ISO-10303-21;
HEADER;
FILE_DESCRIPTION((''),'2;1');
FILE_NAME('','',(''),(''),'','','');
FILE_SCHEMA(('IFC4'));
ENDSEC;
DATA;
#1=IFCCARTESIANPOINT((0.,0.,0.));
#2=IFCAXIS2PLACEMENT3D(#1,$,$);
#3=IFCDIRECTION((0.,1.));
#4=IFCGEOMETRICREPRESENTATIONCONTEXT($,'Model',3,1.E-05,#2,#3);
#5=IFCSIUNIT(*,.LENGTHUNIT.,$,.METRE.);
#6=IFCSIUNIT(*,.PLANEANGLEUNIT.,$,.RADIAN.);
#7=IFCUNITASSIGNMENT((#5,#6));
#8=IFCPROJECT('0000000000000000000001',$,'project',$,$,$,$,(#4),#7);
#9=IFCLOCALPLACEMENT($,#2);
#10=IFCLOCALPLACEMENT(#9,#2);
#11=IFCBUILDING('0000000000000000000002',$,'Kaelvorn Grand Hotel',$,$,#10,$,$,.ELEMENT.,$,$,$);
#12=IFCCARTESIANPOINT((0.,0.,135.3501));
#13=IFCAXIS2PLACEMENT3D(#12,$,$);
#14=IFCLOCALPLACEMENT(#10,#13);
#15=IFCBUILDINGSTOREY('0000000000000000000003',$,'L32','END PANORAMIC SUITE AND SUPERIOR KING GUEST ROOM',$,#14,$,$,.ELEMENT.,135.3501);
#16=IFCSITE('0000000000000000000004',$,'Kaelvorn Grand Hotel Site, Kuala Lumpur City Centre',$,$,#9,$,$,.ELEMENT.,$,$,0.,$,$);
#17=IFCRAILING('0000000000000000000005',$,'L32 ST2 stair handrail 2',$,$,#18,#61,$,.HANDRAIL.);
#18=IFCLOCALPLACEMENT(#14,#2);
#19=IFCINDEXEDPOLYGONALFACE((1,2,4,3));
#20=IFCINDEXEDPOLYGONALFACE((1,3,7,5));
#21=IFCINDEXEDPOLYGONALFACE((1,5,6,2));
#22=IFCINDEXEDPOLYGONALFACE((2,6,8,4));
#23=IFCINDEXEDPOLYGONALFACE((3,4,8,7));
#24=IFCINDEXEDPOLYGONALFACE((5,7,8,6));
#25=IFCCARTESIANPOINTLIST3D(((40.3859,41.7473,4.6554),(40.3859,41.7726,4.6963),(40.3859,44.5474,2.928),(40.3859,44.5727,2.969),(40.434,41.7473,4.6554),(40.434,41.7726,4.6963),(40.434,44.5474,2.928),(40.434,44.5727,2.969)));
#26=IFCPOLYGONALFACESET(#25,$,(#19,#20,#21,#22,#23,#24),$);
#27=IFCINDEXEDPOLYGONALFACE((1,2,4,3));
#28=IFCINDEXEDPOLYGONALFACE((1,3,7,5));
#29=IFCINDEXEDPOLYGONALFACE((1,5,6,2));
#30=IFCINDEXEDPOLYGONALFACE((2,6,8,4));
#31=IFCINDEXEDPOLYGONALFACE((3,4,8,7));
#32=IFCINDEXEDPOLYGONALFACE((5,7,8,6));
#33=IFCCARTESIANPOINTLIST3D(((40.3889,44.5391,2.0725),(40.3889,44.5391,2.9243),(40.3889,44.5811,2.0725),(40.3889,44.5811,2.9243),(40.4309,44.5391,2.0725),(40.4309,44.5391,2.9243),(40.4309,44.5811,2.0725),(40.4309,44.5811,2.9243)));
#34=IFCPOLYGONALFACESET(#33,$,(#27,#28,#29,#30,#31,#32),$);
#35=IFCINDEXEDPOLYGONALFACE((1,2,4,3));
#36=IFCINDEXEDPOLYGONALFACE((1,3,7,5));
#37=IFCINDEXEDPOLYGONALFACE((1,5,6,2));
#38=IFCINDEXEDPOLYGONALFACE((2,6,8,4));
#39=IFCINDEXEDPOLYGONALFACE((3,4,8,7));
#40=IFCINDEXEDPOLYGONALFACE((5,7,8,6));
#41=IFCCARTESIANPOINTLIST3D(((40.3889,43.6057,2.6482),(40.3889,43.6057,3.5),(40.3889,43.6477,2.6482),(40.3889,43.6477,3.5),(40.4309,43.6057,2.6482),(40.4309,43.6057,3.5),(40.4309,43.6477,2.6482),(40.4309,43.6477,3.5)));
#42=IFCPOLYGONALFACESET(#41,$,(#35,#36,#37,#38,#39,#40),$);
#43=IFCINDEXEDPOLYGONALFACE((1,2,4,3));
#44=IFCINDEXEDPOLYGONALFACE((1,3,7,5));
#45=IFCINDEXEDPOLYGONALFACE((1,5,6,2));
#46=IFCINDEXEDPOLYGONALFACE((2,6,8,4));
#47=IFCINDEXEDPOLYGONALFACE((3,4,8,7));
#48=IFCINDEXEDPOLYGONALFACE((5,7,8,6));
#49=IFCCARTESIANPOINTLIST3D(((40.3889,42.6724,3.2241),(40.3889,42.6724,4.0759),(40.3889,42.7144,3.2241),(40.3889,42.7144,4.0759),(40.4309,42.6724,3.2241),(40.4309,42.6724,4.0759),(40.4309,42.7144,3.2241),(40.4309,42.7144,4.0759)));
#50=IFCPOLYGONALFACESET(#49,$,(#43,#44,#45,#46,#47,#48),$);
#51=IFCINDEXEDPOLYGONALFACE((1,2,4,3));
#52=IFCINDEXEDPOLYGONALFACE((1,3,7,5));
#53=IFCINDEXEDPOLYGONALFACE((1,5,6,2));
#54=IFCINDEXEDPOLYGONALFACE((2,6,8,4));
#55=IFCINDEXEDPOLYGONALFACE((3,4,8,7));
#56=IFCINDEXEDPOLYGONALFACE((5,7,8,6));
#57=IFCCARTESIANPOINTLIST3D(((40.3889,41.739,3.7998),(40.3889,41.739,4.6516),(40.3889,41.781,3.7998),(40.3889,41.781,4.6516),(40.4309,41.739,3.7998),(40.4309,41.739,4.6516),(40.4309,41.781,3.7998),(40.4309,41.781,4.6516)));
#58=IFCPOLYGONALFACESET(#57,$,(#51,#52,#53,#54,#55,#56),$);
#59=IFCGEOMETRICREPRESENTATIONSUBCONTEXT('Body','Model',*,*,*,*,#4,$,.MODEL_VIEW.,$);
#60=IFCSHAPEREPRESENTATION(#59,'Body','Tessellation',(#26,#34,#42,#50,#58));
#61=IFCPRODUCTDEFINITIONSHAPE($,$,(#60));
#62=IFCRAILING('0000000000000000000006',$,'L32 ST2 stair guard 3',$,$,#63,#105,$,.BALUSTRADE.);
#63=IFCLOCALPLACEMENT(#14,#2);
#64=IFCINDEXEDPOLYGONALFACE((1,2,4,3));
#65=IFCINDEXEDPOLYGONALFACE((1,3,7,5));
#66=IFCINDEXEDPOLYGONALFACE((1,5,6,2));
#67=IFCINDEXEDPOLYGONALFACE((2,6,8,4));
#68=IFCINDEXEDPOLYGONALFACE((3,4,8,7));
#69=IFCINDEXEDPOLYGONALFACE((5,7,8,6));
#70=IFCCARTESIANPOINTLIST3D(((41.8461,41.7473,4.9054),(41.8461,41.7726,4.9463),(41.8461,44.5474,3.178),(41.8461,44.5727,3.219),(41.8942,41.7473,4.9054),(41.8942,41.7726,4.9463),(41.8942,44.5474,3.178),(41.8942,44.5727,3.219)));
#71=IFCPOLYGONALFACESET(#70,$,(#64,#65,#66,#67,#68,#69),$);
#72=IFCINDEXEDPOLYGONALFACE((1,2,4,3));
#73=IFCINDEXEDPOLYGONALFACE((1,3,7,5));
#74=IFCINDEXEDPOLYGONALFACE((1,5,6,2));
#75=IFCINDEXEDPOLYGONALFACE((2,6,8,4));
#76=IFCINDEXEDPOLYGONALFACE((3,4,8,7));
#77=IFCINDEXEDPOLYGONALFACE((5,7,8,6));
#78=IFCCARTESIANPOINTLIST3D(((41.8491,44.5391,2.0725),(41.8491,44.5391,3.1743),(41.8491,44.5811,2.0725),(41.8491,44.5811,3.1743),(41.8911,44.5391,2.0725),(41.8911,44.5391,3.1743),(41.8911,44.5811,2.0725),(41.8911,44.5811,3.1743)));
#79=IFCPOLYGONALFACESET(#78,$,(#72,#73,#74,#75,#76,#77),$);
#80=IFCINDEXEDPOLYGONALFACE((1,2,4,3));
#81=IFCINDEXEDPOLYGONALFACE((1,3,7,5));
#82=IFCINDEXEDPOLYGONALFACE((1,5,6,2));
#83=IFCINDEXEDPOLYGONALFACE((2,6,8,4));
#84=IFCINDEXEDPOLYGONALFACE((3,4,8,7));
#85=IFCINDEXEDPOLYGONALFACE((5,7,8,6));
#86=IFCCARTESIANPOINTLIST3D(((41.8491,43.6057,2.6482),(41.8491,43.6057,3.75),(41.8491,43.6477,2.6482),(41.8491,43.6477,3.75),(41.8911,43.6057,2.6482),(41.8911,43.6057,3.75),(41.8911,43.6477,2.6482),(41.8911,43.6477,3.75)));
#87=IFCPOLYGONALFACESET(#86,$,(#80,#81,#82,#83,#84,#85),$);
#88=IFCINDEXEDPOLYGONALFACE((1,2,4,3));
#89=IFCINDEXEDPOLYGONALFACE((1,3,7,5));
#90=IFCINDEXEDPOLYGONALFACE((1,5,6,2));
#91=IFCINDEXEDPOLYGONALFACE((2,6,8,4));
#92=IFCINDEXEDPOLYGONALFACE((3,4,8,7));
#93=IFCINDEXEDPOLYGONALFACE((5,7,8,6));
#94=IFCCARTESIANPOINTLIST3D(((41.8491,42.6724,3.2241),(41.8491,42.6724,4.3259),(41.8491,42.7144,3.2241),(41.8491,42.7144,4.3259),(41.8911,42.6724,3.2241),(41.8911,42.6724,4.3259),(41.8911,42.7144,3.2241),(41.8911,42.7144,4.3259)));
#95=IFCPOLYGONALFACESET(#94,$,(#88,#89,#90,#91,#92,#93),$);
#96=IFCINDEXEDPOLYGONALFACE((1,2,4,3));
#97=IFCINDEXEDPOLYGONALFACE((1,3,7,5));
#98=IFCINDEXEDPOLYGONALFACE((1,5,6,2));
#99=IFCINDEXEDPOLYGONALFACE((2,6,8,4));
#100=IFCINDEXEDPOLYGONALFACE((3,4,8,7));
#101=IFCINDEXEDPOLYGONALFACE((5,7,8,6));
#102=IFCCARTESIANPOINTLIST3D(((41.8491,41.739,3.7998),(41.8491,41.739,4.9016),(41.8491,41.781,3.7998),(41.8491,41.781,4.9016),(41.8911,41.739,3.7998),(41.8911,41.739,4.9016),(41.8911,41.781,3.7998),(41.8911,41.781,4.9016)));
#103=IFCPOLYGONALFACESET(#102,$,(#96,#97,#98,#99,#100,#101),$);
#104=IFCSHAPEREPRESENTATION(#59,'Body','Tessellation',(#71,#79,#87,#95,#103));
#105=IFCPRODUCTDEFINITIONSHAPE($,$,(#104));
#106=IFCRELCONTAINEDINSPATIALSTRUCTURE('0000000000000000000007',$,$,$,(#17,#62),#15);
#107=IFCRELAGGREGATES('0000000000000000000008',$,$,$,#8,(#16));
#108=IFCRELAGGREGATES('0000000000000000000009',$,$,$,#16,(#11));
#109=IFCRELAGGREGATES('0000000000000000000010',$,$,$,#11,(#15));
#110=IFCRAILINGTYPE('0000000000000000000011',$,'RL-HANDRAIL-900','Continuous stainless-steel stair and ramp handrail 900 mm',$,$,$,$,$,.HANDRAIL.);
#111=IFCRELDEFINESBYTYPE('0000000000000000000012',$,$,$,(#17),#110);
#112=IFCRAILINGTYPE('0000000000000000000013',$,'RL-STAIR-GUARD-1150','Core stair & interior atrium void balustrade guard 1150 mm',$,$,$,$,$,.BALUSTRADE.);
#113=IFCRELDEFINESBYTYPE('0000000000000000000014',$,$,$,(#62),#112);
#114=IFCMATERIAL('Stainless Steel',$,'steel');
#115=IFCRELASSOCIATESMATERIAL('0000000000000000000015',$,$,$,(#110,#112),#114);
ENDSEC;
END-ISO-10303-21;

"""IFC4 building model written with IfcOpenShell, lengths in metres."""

from ifc_helpers import new_model, si_unit, direction, frame, origin, origin_2d, place, context, subcontext, project, spatial, rectangle, extrude, material, type_object, element, save


model = new_model("IFC4")

# Units and contexts
model_context = context("Model", 3, precision=1e-05, world=origin(), true_north=direction((0.0, 1.0)))
body_context = subcontext(model_context, "Body", "Model", "MODEL_VIEW")
ifc_project = project(units=[si_unit("LENGTHUNIT", "METRE"), si_unit("PLANEANGLEUNIT", "RADIAN")], contexts=[model_context])

# Site, building, storey
site_placement = place(None, origin())
site = spatial("IfcSite", under=ifc_project, at=site_placement, Name="Kaelvorn Grand Hotel Site, Kuala Lumpur City Centre", CompositionType="ELEMENT", RefElevation=0.0)
building_placement = place(site_placement, origin())
building = spatial("IfcBuilding", under=site, at=building_placement, Name="Kaelvorn Grand Hotel", CompositionType="ELEMENT")
storey_placement = place(building_placement, frame((0.0, 0.0, 135.3501)))
storey = spatial("IfcBuildingStorey", under=building, at=storey_placement, Name="L32", Description="END PANORAMIC SUITE AND SUPERIOR KING GUEST ROOM", CompositionType="ELEMENT", Elevation=135.3501)

# Railings
ifc_material_1 = material(Name="Stainless Steel", Category="steel")
railing_type_1 = type_object("IfcRailingType", Name="RL-HANDRAIL-900", Description="Continuous stainless-steel stair and ramp handrail 900 mm", PredefinedType="HANDRAIL", material=ifc_material_1)
railing_1_placement = place(storey_placement, frame((40.4099, 44.5601, 2.0725)))
element("IfcRailing", 1, at=railing_1_placement, inside=storey, type_object=railing_type_1, Name="L32 ST2 stair handrail 2", PredefinedType="HANDRAIL", context=body_context, shape_type="SweptSolid", body=[
    extrude(rectangle(XDim=0.0481, YDim=0.0481, at=origin_2d()), frame((0.0, 0.0, 0.876), z_axis=(0.0, -0.85109, 0.52502), x_axis=(1.0, 0.0, 0.0)), (0.0, 0.0, 1.0), 3.29),
    extrude(rectangle(XDim=0.042, YDim=0.042, at=origin_2d()), origin(), (0.0, 0.0, 1.0), 0.8518),
    extrude(rectangle(XDim=0.042, YDim=0.042, at=origin_2d()), frame((0.0, -0.9333, 0.5757)), (0.0, 0.0, 1.0), 0.8518),
    extrude(rectangle(XDim=0.042, YDim=0.042, at=origin_2d()), frame((0.0, -1.8667, 1.1516)), (0.0, 0.0, 1.0), 0.8518),
    extrude(rectangle(XDim=0.042, YDim=0.042, at=origin_2d()), frame((0.0, -2.8, 1.7273)), (0.0, 0.0, 1.0), 0.8518),
])
railing_type_2 = type_object("IfcRailingType", Name="RL-STAIR-GUARD-1150", Description="Core stair & interior atrium void balustrade guard 1150 mm", PredefinedType="BALUSTRADE", material=ifc_material_1)
railing_2_placement = place(storey_placement, frame((41.8701, 44.5601, 2.0725)))
element("IfcRailing", 2, at=railing_2_placement, inside=storey, type_object=railing_type_2, Name="L32 ST2 stair guard 3", PredefinedType="BALUSTRADE", context=body_context, shape_type="SweptSolid", body=[
    extrude(rectangle(XDim=0.0481, YDim=0.0481, at=origin_2d()), frame((0.0, 0.0, 1.126), z_axis=(0.0, -0.85109, 0.52502), x_axis=(1.0, 0.0, 0.0)), (0.0, 0.0, 1.0), 3.29),
    extrude(rectangle(XDim=0.042, YDim=0.042, at=origin_2d()), origin(), (0.0, 0.0, 1.0), 1.1018),
    extrude(rectangle(XDim=0.042, YDim=0.042, at=origin_2d()), frame((0.0, -0.9333, 0.5757)), (0.0, 0.0, 1.0), 1.1018),
    extrude(rectangle(XDim=0.042, YDim=0.042, at=origin_2d()), frame((0.0, -1.8667, 1.1516)), (0.0, 0.0, 1.0), 1.1018),
    extrude(rectangle(XDim=0.042, YDim=0.042, at=origin_2d()), frame((0.0, -2.8, 1.7273)), (0.0, 0.0, 1.0), 1.1018),
])

save(model, "model.ifc")
